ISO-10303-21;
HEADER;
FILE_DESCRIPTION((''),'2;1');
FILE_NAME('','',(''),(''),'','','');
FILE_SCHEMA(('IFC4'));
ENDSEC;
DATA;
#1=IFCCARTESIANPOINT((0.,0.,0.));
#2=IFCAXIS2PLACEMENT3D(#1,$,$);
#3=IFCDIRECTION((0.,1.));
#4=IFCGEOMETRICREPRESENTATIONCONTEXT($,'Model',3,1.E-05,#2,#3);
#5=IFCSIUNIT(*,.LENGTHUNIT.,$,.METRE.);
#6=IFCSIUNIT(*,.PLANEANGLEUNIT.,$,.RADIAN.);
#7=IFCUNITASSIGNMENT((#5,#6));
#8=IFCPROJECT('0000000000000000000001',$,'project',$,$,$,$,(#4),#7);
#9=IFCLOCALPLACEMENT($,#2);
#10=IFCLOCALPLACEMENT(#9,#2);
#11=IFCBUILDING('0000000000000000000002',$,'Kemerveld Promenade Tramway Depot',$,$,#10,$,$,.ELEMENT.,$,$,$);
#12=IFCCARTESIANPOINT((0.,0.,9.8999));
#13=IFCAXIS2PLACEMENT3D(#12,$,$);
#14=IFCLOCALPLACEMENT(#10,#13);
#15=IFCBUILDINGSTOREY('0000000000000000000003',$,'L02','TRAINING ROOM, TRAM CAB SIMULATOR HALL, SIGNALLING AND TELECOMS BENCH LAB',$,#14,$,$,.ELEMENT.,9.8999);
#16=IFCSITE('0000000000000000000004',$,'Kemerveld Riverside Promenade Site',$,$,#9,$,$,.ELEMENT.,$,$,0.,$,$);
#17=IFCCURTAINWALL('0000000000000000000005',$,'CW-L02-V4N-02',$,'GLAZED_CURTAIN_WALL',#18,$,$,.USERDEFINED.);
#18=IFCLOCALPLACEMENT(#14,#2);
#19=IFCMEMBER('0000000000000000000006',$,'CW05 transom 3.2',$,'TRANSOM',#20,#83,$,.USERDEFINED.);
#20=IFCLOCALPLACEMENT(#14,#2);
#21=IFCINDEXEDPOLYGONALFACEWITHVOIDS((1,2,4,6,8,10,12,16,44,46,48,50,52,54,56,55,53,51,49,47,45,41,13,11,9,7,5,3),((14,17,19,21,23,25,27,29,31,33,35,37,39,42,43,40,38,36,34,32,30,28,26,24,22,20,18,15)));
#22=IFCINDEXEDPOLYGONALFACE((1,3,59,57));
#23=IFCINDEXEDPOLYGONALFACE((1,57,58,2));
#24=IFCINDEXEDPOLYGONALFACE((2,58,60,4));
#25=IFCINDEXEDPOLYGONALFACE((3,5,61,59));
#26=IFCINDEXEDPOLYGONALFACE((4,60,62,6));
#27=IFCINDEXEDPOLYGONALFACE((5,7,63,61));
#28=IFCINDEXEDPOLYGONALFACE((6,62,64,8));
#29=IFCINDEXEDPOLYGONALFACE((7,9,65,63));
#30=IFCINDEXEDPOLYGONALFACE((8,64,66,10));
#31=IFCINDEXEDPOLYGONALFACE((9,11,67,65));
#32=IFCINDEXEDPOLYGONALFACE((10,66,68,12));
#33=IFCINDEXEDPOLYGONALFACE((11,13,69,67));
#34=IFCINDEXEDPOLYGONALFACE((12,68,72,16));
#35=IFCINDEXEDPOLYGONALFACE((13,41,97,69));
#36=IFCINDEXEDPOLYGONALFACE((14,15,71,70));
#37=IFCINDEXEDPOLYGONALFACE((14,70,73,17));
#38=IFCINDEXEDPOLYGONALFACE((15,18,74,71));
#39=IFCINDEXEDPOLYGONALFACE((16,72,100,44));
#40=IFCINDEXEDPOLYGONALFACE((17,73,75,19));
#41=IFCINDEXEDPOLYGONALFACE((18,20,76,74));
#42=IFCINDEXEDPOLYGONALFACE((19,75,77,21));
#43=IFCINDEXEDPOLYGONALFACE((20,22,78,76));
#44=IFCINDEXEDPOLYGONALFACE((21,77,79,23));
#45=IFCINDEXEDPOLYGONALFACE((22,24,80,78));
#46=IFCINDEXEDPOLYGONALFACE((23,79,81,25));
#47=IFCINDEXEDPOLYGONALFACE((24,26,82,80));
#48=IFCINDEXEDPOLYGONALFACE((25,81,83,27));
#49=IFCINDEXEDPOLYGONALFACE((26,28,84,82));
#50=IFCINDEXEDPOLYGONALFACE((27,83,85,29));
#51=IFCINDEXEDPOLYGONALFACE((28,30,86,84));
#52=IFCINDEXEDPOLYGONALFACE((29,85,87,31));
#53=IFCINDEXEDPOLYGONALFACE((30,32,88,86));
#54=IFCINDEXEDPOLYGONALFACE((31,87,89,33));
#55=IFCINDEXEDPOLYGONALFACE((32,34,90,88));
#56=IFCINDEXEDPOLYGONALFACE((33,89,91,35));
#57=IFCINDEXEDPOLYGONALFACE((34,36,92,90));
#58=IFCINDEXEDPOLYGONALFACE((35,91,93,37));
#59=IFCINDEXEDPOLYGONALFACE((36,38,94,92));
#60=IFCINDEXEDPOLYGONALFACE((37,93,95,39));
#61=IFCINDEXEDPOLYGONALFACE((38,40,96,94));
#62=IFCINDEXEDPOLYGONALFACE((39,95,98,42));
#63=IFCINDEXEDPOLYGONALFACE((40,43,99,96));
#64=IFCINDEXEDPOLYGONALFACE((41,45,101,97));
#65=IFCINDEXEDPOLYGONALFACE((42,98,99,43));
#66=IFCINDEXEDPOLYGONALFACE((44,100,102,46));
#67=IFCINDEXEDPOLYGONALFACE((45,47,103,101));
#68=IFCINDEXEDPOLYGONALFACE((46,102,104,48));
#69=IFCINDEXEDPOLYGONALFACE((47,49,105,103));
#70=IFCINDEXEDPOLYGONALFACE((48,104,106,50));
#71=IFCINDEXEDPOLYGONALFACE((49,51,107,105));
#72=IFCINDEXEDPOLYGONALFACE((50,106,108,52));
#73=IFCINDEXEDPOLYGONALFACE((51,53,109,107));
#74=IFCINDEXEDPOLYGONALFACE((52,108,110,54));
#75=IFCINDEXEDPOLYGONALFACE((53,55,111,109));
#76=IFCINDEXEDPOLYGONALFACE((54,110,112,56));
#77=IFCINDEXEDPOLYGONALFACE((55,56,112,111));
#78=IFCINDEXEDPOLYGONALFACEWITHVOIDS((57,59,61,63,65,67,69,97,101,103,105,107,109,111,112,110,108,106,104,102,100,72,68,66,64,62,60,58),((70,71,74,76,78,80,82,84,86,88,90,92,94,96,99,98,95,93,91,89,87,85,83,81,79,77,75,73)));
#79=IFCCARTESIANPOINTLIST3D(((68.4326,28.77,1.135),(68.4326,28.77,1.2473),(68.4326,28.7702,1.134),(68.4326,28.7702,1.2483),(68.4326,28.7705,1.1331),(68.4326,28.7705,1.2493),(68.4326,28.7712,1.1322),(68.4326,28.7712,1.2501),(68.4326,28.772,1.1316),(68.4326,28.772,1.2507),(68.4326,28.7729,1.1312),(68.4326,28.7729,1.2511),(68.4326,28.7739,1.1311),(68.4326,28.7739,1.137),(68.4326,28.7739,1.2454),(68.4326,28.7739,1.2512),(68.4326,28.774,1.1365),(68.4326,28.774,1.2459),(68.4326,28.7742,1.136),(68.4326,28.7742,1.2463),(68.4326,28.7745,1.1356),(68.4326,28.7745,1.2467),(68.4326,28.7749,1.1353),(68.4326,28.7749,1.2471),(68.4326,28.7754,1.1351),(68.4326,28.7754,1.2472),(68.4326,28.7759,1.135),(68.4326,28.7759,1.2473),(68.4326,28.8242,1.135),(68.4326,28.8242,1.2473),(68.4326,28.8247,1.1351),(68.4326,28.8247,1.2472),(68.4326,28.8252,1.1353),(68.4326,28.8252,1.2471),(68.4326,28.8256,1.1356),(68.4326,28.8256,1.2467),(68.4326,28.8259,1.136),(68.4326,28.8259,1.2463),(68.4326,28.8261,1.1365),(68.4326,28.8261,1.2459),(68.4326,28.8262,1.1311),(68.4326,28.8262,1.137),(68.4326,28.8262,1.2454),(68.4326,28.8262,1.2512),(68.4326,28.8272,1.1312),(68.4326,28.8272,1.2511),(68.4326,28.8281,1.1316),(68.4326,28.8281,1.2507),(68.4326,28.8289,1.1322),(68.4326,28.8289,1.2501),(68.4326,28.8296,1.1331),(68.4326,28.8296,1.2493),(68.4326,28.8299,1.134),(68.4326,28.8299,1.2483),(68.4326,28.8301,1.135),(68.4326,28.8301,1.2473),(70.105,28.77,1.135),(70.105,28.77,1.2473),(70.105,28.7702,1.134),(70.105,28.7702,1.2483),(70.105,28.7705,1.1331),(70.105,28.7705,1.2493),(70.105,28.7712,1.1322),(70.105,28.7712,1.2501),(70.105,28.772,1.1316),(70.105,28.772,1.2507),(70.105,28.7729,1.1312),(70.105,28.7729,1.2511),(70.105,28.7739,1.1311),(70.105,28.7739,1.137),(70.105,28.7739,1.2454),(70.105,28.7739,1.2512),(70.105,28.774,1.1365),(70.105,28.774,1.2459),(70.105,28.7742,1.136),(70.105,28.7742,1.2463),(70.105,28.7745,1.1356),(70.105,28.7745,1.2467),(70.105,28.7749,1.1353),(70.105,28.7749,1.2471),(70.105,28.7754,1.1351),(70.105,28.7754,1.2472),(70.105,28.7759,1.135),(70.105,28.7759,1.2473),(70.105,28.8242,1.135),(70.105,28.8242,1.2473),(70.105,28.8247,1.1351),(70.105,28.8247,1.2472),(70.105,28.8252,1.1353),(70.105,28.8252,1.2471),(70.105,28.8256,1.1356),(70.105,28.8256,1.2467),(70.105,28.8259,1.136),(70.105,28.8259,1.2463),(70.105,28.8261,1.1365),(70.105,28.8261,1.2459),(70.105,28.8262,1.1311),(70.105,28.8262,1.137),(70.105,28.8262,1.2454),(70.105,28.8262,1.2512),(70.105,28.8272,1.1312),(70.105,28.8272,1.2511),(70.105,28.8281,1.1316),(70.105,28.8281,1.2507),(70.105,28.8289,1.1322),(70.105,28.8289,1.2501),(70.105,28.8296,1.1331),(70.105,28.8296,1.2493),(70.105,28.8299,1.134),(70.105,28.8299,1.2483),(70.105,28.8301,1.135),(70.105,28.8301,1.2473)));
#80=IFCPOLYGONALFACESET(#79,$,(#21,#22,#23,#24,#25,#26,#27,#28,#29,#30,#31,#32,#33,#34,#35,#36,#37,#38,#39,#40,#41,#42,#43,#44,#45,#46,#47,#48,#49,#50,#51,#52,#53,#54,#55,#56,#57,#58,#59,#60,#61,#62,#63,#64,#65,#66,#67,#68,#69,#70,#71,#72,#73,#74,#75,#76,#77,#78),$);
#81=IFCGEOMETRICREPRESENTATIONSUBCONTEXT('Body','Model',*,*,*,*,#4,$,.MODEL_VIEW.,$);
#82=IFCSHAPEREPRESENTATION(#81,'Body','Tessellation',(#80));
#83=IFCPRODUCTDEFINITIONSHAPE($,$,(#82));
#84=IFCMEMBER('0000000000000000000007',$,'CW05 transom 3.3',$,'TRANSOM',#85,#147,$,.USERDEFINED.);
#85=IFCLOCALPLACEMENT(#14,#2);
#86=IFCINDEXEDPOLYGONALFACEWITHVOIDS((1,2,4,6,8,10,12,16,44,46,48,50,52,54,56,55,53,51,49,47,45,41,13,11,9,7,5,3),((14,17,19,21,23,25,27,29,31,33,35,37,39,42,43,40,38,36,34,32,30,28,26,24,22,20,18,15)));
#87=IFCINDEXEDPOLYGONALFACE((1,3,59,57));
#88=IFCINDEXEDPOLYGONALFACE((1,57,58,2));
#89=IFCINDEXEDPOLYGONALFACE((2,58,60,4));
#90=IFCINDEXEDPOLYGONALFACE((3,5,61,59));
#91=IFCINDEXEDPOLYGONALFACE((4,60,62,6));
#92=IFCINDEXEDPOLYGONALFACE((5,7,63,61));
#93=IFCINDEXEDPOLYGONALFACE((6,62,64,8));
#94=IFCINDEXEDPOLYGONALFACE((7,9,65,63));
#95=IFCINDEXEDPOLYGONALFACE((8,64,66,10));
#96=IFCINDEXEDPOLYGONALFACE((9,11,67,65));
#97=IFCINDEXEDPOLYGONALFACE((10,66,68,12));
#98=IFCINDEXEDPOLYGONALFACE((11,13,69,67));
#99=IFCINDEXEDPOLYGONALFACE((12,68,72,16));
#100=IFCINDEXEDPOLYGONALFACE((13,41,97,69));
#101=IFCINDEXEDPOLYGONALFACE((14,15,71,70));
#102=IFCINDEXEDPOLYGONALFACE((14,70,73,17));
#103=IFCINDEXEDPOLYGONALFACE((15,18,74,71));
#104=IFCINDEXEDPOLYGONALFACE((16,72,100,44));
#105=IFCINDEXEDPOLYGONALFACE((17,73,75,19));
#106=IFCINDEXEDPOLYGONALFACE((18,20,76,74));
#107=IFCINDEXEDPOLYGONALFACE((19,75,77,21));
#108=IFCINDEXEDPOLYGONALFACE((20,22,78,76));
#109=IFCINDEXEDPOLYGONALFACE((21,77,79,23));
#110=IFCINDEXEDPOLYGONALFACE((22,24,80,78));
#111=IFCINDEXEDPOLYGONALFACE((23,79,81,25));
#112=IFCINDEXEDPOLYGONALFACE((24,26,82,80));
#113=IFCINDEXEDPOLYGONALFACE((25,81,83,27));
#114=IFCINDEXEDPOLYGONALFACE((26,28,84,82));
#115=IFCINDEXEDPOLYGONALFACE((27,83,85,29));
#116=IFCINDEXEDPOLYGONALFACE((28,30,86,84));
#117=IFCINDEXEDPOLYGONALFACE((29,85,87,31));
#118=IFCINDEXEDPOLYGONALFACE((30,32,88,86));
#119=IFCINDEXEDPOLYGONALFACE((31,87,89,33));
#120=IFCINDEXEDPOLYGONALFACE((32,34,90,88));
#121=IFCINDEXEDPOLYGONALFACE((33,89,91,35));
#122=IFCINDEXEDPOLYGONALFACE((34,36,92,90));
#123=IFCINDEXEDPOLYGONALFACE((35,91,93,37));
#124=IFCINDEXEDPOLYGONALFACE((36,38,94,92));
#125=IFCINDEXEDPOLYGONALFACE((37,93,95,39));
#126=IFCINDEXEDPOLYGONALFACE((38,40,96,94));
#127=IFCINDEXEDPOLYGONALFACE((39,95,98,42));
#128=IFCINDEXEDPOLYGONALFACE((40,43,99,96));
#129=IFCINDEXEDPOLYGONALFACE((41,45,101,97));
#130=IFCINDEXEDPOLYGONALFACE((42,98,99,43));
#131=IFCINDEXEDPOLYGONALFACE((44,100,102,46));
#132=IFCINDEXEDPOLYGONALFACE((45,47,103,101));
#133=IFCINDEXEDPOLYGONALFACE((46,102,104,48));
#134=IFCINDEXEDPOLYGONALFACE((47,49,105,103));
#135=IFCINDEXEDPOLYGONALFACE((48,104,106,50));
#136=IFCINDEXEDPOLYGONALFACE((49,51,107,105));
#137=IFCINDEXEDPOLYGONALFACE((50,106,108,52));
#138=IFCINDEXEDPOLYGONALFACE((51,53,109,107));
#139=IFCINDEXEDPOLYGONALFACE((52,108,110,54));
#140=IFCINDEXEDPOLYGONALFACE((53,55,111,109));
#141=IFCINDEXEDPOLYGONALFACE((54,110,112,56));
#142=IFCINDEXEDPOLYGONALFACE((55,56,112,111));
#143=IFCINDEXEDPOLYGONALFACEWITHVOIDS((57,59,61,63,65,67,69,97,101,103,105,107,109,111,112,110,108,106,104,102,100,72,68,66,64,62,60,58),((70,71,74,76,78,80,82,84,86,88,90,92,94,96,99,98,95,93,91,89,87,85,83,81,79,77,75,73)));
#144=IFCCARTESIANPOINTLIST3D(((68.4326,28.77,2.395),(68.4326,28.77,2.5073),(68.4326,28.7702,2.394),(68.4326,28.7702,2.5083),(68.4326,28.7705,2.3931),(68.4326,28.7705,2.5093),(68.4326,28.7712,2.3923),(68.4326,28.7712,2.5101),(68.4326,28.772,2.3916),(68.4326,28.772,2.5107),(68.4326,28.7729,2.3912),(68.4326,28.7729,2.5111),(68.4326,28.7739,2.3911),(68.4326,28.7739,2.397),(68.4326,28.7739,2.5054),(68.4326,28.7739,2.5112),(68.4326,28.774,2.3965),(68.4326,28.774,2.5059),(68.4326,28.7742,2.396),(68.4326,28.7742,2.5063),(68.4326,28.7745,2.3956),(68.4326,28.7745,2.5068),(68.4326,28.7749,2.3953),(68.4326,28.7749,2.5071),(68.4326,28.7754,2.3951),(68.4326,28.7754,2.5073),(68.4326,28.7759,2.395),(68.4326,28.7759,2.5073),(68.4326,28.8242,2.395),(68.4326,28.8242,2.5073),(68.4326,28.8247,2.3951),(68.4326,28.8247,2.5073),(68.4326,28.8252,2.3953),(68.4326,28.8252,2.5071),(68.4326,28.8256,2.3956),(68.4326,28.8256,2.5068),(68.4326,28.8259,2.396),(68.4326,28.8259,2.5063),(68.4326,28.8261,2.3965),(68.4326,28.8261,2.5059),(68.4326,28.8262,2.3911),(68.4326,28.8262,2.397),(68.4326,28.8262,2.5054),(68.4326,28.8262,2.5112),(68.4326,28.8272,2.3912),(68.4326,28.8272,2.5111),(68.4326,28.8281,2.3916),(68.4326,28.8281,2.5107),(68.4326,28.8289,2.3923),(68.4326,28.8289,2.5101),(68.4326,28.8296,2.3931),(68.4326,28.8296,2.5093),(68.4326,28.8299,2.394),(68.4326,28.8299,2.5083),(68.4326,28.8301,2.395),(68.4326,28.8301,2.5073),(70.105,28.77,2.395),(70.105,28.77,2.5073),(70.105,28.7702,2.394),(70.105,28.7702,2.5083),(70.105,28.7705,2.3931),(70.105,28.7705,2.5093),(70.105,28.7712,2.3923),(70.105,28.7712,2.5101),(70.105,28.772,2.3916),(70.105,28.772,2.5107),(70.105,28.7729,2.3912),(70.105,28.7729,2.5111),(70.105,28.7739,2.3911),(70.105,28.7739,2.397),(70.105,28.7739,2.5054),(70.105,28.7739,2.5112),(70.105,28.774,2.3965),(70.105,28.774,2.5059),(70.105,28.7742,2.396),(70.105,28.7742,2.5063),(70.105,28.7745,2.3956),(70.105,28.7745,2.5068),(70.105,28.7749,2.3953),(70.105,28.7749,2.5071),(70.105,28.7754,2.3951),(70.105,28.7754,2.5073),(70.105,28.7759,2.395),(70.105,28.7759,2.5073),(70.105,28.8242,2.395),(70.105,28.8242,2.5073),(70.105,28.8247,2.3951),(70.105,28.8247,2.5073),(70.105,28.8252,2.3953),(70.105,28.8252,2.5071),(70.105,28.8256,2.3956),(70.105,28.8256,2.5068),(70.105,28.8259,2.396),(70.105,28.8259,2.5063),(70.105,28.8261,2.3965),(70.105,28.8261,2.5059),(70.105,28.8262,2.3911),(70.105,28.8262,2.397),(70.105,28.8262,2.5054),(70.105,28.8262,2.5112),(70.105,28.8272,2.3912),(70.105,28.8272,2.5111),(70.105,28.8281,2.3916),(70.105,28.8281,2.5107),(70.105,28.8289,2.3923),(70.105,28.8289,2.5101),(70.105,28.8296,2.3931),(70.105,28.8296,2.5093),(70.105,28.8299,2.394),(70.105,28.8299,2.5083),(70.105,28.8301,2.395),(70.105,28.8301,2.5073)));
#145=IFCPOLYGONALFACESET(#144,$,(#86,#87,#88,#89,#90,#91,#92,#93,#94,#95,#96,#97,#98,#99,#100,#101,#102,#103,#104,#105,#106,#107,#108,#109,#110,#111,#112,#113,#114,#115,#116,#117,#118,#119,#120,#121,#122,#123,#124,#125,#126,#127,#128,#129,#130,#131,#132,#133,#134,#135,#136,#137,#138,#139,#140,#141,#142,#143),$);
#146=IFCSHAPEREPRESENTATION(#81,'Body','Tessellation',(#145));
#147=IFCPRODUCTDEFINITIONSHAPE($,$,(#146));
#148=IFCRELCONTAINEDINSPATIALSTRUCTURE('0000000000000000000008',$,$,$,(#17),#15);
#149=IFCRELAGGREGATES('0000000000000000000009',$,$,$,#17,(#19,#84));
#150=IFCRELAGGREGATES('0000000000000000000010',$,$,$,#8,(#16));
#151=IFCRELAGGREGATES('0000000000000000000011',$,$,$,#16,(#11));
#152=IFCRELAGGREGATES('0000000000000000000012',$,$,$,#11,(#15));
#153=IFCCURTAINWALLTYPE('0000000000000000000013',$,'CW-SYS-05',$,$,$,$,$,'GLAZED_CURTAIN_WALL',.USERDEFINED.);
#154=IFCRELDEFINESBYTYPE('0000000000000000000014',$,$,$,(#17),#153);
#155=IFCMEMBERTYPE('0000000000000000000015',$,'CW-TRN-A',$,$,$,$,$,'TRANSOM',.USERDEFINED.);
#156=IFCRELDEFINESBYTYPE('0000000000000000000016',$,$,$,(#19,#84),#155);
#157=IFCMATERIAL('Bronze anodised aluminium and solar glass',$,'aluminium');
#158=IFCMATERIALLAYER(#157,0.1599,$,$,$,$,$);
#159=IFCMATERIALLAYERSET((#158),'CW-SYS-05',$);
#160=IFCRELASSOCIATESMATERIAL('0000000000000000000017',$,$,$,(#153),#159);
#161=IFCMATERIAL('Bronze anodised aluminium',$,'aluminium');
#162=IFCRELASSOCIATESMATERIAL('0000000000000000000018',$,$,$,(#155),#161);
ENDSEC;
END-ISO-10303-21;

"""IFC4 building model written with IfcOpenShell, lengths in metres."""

from ifc_helpers import new_model, si_unit, direction, frame, origin, origin_2d, place, context, subcontext, project, spatial, hollow_rectangle, extrude, material, layer, layer_set, material_profile, profile_set, type_object, element, aggregate, save


model = new_model("IFC4")

# Units and contexts
model_context = context("Model", 3, precision=1e-05, world=origin(), true_north=direction((0.0, 1.0)))
body_context = subcontext(model_context, "Body", "Model", "MODEL_VIEW")
ifc_project = project(units=[si_unit("LENGTHUNIT", "METRE"), si_unit("PLANEANGLEUNIT", "RADIAN")], contexts=[model_context])

# Site, building, storey
site_placement = place(None, origin())
site = spatial("IfcSite", under=ifc_project, at=site_placement, Name="Kemerveld Riverside Promenade Site", CompositionType="ELEMENT", RefElevation=0.0)
building_placement = place(site_placement, origin())
building = spatial("IfcBuilding", under=site, at=building_placement, Name="Kemerveld Promenade Tramway Depot", CompositionType="ELEMENT")
storey_placement = place(building_placement, frame((0.0, 0.0, 9.8999)))
storey = spatial("IfcBuildingStorey", under=building, at=storey_placement, Name="L02", Description="TRAINING ROOM, TRAM CAB SIMULATOR HALL, SIGNALLING AND TELECOMS BENCH LAB", CompositionType="ELEMENT", Elevation=9.8999)

# Curtain wall, members
ifc_material_1 = material(Name="Bronze anodised aluminium and solar glass", Category="aluminium")
ifc_layer_1 = layer(ifc_material_1, 0.1599)
ifc_layer_set_1 = layer_set([ifc_layer_1], Name="CW-SYS-05")
curtain_wall_type = type_object("IfcCurtainWallType", Name="CW-SYS-05", ElementType="GLAZED_CURTAIN_WALL", PredefinedType="USERDEFINED", material=ifc_layer_set_1)
curtain_wall_placement = place(storey_placement, origin())
curtain_wall = element("IfcCurtainWall", 1, at=curtain_wall_placement, inside=storey, type_object=curtain_wall_type, Name="CW-L02-V4N-02", ObjectType="GLAZED_CURTAIN_WALL", PredefinedType="USERDEFINED")
ifc_material_2 = material(Name="Bronze anodised aluminium", Category="aluminium")
ifc_material_profile_1 = material_profile(ifc_material_2, hollow_rectangle(XDim=0.0601, YDim=0.1201, WallThickness=0.0039, InnerFilletRadius=0.002, OuterFilletRadius=0.0039, at=origin_2d()), Name="CW-TRN-120x60")
ifc_profile_set_1 = profile_set([ifc_material_profile_1], Name="Bronze anodised aluminium")
member_type_1 = type_object("IfcMemberType", Name="CW-TRN-A", ElementType="TRANSOM", PredefinedType="USERDEFINED", material=ifc_profile_set_1)
member_1_placement = place(storey_placement, frame((68.4326, 28.8, 1.1912), z_axis=(1.0, 0.0, 0.0), x_axis=(0.0, 1.0, 0.0)))
member_1 = element("IfcMember", 2, at=member_1_placement, type_object=member_type_1, Name="CW05 transom 3.2", ObjectType="TRANSOM", PredefinedType="USERDEFINED", context=body_context, shape_type="SweptSolid", body=[
    extrude(hollow_rectangle(XDim=0.0601, YDim=0.1201, WallThickness=0.0039, InnerFilletRadius=0.002, OuterFilletRadius=0.0039, at=origin_2d()), origin(), (0.0, 0.0, 1.0), 1.6724),
])
member_2_placement = place(storey_placement, frame((68.4326, 28.8, 2.4512), z_axis=(1.0, 0.0, 0.0), x_axis=(0.0, 1.0, 0.0)))
member_2 = element("IfcMember", 3, at=member_2_placement, type_object=member_type_1, Name="CW05 transom 3.3", ObjectType="TRANSOM", PredefinedType="USERDEFINED", context=body_context, shape_type="SweptSolid", body=[
    extrude(hollow_rectangle(XDim=0.0601, YDim=0.1201, WallThickness=0.0039, InnerFilletRadius=0.002, OuterFilletRadius=0.0039, at=origin_2d()), origin(), (0.0, 0.0, 1.0), 1.6724),
])
aggregate(curtain_wall, [member_1, member_2])

save(model, "model.ifc")
